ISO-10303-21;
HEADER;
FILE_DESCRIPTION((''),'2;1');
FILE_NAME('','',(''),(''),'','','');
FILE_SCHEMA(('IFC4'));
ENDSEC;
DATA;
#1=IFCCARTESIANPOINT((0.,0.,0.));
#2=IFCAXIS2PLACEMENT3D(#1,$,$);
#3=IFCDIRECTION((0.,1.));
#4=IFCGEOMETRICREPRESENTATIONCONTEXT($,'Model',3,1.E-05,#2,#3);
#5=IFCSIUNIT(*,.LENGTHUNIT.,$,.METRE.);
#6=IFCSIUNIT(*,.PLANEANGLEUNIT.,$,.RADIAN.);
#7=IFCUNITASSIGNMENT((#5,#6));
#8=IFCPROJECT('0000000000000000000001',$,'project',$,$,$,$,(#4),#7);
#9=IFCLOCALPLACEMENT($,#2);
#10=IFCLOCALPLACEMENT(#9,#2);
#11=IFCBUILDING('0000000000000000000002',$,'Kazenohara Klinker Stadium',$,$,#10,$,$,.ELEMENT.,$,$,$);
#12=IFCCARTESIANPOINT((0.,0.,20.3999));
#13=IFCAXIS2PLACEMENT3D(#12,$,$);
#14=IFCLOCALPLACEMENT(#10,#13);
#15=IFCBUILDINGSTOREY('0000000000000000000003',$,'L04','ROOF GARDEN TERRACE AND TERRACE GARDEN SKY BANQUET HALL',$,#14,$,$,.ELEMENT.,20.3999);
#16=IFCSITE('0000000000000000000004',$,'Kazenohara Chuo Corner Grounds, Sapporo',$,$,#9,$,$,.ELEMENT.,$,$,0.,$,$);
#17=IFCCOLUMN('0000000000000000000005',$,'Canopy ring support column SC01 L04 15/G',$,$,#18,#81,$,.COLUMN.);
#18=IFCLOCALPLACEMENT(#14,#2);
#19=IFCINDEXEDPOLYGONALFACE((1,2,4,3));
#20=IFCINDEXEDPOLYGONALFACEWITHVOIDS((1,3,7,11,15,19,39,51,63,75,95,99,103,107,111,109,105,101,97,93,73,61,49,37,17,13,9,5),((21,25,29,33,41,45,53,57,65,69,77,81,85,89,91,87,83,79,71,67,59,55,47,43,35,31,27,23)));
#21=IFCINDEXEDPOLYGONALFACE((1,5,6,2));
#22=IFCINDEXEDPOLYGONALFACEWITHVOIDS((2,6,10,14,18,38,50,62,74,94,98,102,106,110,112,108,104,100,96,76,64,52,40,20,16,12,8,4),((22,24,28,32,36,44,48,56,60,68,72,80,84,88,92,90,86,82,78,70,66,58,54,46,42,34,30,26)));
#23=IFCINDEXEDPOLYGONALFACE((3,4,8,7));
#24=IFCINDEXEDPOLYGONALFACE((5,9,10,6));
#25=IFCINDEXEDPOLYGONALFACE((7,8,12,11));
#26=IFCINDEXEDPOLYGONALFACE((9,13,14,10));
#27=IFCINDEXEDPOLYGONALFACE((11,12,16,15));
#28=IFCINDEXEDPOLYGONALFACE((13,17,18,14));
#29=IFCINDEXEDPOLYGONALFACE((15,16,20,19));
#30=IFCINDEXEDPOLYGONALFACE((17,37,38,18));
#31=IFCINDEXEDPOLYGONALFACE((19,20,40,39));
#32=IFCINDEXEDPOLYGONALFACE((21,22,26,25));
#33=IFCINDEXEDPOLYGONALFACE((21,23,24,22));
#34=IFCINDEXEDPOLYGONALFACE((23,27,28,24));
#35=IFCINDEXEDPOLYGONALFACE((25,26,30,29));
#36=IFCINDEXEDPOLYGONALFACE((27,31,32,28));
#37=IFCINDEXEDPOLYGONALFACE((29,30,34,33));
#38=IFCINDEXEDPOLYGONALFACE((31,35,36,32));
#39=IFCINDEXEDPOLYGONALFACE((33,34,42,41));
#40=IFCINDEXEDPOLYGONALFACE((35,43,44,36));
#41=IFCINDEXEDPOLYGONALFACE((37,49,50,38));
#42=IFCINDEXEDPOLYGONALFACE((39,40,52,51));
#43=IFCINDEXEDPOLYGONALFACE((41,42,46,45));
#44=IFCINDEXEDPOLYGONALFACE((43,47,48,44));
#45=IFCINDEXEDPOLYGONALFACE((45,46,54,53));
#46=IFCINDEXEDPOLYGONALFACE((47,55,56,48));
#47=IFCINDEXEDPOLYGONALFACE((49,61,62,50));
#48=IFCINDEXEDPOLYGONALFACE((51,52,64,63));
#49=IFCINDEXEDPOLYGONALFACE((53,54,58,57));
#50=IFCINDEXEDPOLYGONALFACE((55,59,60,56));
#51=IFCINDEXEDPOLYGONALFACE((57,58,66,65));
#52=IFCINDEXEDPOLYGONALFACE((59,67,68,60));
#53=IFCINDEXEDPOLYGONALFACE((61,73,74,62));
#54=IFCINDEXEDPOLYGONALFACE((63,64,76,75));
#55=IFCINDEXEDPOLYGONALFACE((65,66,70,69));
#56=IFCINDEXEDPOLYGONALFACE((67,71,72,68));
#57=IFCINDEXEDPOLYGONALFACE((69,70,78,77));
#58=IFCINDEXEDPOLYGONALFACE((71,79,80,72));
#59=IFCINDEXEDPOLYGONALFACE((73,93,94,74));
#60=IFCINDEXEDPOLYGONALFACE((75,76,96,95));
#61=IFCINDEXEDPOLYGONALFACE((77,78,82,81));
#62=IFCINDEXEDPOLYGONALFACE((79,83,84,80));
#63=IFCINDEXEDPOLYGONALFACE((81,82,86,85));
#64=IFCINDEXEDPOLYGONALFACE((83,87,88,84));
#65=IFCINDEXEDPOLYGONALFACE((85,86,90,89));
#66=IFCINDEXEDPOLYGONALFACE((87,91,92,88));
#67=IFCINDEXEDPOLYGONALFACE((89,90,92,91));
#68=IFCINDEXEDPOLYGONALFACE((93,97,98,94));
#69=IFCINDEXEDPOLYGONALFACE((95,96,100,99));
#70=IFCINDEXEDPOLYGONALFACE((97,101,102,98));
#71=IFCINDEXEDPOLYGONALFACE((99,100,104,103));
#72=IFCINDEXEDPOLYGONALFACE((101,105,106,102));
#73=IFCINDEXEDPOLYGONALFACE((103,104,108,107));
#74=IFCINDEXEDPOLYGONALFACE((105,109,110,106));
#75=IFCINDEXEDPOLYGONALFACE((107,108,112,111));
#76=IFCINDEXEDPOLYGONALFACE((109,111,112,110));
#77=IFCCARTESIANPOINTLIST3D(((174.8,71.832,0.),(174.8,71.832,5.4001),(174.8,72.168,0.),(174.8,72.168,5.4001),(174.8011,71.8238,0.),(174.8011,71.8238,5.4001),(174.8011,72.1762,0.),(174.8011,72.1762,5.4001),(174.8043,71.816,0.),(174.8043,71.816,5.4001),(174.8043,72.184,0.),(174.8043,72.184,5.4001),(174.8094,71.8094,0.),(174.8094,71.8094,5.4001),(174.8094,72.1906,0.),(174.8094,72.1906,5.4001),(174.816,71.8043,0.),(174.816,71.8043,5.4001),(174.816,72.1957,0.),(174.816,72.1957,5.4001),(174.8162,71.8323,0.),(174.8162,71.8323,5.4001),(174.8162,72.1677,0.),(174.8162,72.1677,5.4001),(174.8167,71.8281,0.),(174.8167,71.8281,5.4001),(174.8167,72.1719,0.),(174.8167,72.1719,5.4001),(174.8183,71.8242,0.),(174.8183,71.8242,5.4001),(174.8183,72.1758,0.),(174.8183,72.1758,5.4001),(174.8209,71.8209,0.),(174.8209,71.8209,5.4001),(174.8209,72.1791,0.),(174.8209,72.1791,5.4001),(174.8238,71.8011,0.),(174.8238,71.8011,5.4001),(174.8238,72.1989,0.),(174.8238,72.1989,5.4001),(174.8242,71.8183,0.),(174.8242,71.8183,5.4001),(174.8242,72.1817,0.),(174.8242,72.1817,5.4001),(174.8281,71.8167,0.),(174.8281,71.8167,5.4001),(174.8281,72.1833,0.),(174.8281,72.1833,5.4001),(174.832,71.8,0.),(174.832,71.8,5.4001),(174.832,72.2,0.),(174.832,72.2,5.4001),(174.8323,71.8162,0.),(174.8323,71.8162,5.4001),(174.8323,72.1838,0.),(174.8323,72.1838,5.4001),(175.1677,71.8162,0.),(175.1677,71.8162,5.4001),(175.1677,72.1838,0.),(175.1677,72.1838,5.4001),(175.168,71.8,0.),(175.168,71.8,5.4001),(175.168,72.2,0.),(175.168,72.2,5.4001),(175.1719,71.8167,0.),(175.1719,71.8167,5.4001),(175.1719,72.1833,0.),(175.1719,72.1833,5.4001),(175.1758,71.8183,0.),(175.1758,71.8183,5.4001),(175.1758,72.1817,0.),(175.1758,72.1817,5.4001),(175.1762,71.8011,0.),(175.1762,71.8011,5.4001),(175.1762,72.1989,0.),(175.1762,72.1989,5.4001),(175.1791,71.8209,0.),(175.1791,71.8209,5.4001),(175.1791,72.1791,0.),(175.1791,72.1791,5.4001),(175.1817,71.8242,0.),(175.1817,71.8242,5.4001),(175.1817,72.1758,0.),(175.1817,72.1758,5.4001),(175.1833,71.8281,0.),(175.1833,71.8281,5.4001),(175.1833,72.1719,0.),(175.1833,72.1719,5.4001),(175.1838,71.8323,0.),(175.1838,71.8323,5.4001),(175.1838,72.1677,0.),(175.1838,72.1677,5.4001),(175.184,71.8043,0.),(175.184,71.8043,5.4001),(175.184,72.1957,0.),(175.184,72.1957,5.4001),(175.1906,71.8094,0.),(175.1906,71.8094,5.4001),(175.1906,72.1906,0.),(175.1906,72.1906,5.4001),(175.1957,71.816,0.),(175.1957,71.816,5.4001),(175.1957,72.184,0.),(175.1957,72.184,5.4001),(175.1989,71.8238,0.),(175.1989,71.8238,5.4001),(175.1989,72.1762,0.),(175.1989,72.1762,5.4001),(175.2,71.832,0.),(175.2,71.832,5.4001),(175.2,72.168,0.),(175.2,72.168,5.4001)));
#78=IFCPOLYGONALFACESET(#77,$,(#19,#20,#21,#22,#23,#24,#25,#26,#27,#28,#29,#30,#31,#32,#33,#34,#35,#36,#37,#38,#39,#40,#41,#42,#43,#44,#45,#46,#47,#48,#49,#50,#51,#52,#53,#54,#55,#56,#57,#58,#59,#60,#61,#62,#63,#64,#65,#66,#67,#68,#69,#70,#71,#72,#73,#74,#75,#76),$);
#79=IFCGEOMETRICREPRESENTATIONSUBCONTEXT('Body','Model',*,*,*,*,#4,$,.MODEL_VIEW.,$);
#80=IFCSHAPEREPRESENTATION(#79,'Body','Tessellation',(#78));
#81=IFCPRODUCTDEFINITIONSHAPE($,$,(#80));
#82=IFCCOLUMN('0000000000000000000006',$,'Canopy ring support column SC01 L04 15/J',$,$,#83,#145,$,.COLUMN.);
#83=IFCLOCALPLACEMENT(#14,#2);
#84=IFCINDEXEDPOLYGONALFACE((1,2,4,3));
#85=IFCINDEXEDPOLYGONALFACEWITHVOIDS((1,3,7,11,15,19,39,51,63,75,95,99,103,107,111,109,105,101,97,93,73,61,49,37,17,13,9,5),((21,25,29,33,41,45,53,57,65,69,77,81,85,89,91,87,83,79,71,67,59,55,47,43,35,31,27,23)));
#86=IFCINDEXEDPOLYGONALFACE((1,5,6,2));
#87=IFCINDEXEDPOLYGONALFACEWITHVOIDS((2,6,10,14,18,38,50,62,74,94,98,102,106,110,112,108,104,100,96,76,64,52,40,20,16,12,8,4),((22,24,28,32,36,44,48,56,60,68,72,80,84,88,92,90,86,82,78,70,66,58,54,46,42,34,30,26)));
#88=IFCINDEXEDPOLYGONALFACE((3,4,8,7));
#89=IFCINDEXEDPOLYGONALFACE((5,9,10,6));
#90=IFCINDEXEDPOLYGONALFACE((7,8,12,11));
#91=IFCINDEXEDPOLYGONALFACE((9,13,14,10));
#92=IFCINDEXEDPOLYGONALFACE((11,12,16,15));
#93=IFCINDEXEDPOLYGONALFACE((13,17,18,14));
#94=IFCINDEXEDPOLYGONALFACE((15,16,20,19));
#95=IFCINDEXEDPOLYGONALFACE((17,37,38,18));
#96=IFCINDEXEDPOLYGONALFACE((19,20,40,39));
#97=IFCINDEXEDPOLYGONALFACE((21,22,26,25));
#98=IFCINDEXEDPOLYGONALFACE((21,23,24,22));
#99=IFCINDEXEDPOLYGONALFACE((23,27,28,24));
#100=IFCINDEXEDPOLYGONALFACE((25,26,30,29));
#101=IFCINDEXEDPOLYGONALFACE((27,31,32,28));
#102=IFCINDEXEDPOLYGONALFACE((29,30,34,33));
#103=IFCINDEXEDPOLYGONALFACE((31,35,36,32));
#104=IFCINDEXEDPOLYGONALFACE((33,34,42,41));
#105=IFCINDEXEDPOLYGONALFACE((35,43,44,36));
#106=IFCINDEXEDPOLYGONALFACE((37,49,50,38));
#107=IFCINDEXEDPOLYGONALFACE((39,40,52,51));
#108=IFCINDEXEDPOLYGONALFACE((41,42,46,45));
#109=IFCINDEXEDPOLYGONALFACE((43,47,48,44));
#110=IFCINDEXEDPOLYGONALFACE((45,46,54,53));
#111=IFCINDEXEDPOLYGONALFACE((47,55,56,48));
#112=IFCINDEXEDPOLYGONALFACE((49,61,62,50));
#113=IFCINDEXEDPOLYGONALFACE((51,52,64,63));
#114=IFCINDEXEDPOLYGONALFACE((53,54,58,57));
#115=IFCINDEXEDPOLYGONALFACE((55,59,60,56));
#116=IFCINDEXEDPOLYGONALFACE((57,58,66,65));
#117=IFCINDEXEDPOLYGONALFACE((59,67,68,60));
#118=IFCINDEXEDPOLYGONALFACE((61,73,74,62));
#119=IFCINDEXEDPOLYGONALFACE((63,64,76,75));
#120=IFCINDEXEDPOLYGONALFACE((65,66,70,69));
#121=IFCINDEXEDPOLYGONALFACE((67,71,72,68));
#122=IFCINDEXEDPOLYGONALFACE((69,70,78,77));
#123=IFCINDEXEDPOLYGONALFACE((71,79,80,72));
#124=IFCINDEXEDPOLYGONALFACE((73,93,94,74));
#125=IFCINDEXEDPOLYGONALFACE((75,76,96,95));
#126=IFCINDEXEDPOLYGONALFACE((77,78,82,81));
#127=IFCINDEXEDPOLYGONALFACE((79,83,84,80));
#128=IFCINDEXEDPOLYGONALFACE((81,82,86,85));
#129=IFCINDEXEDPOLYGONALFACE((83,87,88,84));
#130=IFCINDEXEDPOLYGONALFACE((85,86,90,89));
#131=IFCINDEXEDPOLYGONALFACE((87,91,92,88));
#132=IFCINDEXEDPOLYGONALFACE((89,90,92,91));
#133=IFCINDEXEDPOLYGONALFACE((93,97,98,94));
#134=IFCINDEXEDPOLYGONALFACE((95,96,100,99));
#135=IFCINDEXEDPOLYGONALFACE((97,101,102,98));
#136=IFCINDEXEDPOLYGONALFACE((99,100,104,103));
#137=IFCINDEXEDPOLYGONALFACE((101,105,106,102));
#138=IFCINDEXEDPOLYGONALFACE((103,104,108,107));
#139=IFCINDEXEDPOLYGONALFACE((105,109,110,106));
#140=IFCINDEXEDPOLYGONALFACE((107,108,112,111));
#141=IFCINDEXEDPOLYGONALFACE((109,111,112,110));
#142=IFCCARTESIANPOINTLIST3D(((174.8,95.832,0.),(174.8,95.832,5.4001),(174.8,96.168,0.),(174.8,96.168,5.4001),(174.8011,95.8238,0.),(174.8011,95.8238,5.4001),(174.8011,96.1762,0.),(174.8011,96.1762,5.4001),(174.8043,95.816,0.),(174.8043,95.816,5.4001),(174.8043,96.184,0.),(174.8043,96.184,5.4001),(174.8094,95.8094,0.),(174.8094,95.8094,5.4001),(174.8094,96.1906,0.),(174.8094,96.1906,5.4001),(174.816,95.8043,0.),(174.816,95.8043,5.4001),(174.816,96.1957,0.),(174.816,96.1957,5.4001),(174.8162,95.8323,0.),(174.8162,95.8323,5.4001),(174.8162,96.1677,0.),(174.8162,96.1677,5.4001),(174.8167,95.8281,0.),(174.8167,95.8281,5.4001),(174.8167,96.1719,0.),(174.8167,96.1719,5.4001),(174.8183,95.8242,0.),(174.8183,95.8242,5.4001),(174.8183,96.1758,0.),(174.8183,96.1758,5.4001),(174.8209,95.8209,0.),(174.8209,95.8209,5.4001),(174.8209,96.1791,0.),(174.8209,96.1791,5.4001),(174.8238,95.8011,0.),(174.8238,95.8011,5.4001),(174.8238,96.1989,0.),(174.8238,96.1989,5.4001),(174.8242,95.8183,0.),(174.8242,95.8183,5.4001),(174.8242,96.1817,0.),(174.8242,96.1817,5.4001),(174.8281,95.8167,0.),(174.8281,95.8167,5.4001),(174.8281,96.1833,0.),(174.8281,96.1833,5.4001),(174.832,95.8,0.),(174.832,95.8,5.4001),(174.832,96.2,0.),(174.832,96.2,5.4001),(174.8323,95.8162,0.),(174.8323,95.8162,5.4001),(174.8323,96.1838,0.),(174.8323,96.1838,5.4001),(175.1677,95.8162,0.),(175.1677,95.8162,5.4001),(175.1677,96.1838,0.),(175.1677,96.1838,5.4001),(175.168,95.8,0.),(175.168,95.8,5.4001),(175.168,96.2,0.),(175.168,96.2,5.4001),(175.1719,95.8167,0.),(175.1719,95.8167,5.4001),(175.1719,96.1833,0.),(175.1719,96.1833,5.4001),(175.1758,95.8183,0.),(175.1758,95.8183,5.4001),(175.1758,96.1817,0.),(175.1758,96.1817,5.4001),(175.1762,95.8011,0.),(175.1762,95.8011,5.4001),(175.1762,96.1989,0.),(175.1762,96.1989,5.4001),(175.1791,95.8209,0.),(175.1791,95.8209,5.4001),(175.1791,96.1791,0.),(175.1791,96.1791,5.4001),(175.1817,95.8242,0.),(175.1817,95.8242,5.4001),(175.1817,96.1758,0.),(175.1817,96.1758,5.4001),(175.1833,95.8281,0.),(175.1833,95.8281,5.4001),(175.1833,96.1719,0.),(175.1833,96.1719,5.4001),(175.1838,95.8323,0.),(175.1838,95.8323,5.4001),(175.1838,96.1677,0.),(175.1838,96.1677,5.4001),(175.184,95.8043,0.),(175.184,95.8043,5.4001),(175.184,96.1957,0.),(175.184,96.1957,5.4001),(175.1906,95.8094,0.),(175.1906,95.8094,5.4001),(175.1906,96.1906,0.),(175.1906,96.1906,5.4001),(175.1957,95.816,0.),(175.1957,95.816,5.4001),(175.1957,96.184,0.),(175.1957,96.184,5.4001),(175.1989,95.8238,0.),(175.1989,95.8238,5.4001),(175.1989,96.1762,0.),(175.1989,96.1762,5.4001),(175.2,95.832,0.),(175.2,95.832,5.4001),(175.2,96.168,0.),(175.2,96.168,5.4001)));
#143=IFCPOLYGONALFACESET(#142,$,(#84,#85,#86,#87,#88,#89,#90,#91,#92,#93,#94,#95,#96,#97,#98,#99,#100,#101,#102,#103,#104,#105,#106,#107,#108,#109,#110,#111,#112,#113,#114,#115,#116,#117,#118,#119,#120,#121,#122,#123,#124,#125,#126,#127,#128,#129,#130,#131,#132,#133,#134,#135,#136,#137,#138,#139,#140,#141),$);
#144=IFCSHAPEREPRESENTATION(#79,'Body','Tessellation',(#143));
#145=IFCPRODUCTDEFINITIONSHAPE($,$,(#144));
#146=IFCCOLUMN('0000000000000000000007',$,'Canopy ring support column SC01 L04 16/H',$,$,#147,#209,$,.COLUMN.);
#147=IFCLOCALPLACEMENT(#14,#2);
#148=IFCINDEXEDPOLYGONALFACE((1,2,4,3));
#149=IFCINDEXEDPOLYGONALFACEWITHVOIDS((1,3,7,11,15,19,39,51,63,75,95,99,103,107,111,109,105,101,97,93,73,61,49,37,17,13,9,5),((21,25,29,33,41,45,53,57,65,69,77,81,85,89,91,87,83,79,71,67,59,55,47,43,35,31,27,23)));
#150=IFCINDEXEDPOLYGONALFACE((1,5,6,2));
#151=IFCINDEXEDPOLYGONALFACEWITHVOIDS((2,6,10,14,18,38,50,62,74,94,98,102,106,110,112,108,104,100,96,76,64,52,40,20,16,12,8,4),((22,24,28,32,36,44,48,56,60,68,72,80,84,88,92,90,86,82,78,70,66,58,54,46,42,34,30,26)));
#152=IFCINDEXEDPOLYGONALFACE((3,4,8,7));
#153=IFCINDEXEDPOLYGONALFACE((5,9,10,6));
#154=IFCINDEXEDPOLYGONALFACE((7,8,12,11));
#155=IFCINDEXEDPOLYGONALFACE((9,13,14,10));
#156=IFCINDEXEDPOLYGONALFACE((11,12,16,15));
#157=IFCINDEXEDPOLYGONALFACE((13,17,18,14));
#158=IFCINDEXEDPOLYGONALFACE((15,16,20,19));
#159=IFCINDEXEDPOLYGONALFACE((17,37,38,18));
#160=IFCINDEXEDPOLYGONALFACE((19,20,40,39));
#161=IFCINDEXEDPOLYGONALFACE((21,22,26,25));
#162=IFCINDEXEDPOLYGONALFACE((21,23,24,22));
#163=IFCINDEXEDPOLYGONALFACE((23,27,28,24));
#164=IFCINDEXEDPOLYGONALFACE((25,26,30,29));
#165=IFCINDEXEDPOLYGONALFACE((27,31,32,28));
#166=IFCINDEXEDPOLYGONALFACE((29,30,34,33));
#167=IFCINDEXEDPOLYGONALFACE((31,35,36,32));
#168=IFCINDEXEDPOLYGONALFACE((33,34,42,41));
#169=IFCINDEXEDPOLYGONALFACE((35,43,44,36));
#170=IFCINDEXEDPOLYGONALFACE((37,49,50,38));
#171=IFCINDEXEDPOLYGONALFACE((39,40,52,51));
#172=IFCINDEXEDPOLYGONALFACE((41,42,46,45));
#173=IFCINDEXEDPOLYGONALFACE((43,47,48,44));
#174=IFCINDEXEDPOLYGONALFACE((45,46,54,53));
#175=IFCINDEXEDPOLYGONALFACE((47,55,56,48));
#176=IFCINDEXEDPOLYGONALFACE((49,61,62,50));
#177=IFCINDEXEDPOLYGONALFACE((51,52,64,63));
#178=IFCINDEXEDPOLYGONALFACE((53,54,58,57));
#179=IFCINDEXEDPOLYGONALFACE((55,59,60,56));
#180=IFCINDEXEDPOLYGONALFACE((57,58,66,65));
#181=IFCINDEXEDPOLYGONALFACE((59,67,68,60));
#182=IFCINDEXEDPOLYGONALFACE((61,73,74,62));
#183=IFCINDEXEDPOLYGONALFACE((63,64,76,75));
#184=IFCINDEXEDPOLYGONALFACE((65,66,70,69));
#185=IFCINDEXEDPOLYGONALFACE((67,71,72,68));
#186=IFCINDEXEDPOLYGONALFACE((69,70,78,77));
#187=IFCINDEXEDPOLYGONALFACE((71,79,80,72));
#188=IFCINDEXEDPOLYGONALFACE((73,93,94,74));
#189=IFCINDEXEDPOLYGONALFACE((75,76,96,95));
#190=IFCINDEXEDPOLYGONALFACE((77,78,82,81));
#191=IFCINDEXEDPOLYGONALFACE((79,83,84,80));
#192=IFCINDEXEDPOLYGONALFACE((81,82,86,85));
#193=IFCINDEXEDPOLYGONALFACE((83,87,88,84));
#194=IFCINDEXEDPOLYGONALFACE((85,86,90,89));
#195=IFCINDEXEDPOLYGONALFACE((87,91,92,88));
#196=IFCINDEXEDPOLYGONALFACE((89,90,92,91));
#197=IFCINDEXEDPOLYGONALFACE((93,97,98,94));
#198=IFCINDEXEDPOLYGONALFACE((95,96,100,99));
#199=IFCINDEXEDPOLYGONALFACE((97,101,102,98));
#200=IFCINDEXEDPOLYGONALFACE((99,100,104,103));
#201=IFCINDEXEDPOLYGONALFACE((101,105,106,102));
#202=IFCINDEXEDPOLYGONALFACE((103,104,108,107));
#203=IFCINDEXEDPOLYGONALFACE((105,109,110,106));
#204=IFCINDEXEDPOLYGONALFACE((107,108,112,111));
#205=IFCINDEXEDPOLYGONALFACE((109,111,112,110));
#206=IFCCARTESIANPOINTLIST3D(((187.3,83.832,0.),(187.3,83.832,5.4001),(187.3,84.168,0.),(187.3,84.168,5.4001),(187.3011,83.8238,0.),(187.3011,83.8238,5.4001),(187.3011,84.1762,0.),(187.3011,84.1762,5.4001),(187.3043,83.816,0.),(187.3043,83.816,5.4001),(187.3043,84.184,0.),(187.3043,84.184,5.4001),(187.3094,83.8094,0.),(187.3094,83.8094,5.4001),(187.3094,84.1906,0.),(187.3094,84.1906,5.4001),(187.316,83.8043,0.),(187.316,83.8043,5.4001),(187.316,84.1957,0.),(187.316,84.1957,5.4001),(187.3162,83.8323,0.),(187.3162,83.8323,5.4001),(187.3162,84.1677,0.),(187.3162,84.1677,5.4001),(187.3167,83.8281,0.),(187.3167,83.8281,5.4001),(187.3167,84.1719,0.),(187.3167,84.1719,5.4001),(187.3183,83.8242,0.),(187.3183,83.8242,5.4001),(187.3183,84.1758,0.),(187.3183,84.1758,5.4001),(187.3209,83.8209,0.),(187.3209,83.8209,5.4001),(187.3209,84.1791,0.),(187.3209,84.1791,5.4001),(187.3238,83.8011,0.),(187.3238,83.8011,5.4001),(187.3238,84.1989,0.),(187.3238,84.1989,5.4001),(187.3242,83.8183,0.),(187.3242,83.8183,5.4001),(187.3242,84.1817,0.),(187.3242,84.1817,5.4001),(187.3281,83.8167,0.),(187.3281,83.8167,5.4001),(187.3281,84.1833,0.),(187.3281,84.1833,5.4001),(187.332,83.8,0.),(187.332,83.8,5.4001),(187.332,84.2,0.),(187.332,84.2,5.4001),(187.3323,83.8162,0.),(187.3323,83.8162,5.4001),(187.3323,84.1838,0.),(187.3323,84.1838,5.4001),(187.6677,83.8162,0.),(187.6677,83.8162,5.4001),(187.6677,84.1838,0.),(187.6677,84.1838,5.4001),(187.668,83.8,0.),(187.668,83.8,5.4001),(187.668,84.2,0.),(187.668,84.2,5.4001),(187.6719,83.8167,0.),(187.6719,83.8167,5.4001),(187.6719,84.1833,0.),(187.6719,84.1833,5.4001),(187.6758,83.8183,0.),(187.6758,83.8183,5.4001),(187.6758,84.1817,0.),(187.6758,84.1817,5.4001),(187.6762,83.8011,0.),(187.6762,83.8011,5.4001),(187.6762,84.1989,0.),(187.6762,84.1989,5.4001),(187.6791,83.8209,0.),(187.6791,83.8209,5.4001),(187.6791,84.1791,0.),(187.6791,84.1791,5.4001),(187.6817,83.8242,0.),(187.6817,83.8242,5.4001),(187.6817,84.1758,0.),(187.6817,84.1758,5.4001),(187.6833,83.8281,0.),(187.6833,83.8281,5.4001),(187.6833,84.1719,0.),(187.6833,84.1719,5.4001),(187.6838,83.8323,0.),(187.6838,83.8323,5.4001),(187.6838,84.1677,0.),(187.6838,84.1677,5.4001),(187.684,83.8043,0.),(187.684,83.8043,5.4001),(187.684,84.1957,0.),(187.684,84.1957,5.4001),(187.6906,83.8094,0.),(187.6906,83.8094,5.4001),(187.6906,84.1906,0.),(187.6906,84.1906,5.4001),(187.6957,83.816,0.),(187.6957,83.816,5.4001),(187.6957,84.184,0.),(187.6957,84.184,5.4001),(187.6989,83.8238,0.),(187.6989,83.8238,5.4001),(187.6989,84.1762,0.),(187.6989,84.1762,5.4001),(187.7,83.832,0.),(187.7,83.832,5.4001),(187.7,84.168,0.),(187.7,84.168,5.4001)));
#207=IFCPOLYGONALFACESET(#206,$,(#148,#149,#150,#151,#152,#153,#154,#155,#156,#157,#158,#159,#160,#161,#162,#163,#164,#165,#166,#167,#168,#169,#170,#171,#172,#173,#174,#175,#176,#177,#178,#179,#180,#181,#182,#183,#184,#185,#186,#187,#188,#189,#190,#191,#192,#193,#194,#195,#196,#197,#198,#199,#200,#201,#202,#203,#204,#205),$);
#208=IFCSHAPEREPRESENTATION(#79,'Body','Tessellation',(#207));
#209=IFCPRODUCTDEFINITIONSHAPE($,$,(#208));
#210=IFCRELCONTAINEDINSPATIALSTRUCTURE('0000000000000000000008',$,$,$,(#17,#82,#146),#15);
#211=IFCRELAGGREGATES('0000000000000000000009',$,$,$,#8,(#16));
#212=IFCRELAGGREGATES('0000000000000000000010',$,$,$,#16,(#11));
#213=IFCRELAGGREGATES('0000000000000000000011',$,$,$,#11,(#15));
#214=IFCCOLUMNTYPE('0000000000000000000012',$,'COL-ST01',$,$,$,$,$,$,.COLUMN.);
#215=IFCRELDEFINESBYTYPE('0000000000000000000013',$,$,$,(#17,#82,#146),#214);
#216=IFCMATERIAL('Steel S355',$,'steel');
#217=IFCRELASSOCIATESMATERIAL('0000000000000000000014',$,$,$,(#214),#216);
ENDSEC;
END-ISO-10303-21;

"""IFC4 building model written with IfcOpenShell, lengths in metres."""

from ifc_helpers import new_model, si_unit, direction, frame, origin, origin_2d, place, context, subcontext, project, spatial, hollow_rectangle, extrude, material, material_profile, profile_set, type_object, element, save


model = new_model("IFC4")

# Units and contexts
model_context = context("Model", 3, precision=1e-05, world=origin(), true_north=direction((0.0, 1.0)))
body_context = subcontext(model_context, "Body", "Model", "MODEL_VIEW")
ifc_project = project(units=[si_unit("LENGTHUNIT", "METRE"), si_unit("PLANEANGLEUNIT", "RADIAN")], contexts=[model_context])

# Site, building, storey
site_placement = place(None, origin())
site = spatial("IfcSite", under=ifc_project, at=site_placement, Name="Kazenohara Chuo Corner Grounds, Sapporo", CompositionType="ELEMENT", RefElevation=0.0)
building_placement = place(site_placement, origin())
building = spatial("IfcBuilding", under=site, at=building_placement, Name="Kazenohara Klinker Stadium", CompositionType="ELEMENT")
storey_placement = place(building_placement, frame((0.0, 0.0, 20.3999)))
storey = spatial("IfcBuildingStorey", under=building, at=storey_placement, Name="L04", Description="ROOF GARDEN TERRACE AND TERRACE GARDEN SKY BANQUET HALL", CompositionType="ELEMENT", Elevation=20.3999)

# Columns
ifc_material_1 = material(Name="Steel S355", Category="steel")
ifc_material_profile_1 = material_profile(ifc_material_1, hollow_rectangle(XDim=0.3999, YDim=0.3999, WallThickness=0.0161, InnerFilletRadius=0.0161, OuterFilletRadius=0.032, at=origin_2d()), Name="SHS-400x400x16")
ifc_profile_set_1 = profile_set([ifc_material_profile_1], Name="Steel S355")
column_type_1 = type_object("IfcColumnType", Name="COL-ST01", PredefinedType="COLUMN", material=ifc_profile_set_1)
for number, where, z_axis, x_axis, name in (
    (1, (175.0, 72.0, 0.0), (0.0, 0.0, 1.0), (1.0, 0.0, 0.0), "Canopy ring support column SC01 L04 15/G"),
    (2, (175.0, 96.0, 0.0), (0.0, 0.0, 1.0), (1.0, 0.0, 0.0), "Canopy ring support column SC01 L04 15/J"),
    (3, (187.5, 84.0, 0.0), (0.0, 0.0, 1.0), (1.0, 0.0, 0.0), "Canopy ring support column SC01 L04 16/H"),
):
    element("IfcColumn", number, at=place(storey_placement, frame(where, z_axis=z_axis, x_axis=x_axis)), inside=storey, type_object=column_type_1, Name=name, PredefinedType="COLUMN", context=body_context, shape_type="SweptSolid", body=[
        extrude(hollow_rectangle(XDim=0.3999, YDim=0.3999, WallThickness=0.0161, InnerFilletRadius=0.0161, OuterFilletRadius=0.032, at=origin_2d()), origin(), (0.0, 0.0, 1.0), 5.4001),
    ])

save(model, "model.ifc")
